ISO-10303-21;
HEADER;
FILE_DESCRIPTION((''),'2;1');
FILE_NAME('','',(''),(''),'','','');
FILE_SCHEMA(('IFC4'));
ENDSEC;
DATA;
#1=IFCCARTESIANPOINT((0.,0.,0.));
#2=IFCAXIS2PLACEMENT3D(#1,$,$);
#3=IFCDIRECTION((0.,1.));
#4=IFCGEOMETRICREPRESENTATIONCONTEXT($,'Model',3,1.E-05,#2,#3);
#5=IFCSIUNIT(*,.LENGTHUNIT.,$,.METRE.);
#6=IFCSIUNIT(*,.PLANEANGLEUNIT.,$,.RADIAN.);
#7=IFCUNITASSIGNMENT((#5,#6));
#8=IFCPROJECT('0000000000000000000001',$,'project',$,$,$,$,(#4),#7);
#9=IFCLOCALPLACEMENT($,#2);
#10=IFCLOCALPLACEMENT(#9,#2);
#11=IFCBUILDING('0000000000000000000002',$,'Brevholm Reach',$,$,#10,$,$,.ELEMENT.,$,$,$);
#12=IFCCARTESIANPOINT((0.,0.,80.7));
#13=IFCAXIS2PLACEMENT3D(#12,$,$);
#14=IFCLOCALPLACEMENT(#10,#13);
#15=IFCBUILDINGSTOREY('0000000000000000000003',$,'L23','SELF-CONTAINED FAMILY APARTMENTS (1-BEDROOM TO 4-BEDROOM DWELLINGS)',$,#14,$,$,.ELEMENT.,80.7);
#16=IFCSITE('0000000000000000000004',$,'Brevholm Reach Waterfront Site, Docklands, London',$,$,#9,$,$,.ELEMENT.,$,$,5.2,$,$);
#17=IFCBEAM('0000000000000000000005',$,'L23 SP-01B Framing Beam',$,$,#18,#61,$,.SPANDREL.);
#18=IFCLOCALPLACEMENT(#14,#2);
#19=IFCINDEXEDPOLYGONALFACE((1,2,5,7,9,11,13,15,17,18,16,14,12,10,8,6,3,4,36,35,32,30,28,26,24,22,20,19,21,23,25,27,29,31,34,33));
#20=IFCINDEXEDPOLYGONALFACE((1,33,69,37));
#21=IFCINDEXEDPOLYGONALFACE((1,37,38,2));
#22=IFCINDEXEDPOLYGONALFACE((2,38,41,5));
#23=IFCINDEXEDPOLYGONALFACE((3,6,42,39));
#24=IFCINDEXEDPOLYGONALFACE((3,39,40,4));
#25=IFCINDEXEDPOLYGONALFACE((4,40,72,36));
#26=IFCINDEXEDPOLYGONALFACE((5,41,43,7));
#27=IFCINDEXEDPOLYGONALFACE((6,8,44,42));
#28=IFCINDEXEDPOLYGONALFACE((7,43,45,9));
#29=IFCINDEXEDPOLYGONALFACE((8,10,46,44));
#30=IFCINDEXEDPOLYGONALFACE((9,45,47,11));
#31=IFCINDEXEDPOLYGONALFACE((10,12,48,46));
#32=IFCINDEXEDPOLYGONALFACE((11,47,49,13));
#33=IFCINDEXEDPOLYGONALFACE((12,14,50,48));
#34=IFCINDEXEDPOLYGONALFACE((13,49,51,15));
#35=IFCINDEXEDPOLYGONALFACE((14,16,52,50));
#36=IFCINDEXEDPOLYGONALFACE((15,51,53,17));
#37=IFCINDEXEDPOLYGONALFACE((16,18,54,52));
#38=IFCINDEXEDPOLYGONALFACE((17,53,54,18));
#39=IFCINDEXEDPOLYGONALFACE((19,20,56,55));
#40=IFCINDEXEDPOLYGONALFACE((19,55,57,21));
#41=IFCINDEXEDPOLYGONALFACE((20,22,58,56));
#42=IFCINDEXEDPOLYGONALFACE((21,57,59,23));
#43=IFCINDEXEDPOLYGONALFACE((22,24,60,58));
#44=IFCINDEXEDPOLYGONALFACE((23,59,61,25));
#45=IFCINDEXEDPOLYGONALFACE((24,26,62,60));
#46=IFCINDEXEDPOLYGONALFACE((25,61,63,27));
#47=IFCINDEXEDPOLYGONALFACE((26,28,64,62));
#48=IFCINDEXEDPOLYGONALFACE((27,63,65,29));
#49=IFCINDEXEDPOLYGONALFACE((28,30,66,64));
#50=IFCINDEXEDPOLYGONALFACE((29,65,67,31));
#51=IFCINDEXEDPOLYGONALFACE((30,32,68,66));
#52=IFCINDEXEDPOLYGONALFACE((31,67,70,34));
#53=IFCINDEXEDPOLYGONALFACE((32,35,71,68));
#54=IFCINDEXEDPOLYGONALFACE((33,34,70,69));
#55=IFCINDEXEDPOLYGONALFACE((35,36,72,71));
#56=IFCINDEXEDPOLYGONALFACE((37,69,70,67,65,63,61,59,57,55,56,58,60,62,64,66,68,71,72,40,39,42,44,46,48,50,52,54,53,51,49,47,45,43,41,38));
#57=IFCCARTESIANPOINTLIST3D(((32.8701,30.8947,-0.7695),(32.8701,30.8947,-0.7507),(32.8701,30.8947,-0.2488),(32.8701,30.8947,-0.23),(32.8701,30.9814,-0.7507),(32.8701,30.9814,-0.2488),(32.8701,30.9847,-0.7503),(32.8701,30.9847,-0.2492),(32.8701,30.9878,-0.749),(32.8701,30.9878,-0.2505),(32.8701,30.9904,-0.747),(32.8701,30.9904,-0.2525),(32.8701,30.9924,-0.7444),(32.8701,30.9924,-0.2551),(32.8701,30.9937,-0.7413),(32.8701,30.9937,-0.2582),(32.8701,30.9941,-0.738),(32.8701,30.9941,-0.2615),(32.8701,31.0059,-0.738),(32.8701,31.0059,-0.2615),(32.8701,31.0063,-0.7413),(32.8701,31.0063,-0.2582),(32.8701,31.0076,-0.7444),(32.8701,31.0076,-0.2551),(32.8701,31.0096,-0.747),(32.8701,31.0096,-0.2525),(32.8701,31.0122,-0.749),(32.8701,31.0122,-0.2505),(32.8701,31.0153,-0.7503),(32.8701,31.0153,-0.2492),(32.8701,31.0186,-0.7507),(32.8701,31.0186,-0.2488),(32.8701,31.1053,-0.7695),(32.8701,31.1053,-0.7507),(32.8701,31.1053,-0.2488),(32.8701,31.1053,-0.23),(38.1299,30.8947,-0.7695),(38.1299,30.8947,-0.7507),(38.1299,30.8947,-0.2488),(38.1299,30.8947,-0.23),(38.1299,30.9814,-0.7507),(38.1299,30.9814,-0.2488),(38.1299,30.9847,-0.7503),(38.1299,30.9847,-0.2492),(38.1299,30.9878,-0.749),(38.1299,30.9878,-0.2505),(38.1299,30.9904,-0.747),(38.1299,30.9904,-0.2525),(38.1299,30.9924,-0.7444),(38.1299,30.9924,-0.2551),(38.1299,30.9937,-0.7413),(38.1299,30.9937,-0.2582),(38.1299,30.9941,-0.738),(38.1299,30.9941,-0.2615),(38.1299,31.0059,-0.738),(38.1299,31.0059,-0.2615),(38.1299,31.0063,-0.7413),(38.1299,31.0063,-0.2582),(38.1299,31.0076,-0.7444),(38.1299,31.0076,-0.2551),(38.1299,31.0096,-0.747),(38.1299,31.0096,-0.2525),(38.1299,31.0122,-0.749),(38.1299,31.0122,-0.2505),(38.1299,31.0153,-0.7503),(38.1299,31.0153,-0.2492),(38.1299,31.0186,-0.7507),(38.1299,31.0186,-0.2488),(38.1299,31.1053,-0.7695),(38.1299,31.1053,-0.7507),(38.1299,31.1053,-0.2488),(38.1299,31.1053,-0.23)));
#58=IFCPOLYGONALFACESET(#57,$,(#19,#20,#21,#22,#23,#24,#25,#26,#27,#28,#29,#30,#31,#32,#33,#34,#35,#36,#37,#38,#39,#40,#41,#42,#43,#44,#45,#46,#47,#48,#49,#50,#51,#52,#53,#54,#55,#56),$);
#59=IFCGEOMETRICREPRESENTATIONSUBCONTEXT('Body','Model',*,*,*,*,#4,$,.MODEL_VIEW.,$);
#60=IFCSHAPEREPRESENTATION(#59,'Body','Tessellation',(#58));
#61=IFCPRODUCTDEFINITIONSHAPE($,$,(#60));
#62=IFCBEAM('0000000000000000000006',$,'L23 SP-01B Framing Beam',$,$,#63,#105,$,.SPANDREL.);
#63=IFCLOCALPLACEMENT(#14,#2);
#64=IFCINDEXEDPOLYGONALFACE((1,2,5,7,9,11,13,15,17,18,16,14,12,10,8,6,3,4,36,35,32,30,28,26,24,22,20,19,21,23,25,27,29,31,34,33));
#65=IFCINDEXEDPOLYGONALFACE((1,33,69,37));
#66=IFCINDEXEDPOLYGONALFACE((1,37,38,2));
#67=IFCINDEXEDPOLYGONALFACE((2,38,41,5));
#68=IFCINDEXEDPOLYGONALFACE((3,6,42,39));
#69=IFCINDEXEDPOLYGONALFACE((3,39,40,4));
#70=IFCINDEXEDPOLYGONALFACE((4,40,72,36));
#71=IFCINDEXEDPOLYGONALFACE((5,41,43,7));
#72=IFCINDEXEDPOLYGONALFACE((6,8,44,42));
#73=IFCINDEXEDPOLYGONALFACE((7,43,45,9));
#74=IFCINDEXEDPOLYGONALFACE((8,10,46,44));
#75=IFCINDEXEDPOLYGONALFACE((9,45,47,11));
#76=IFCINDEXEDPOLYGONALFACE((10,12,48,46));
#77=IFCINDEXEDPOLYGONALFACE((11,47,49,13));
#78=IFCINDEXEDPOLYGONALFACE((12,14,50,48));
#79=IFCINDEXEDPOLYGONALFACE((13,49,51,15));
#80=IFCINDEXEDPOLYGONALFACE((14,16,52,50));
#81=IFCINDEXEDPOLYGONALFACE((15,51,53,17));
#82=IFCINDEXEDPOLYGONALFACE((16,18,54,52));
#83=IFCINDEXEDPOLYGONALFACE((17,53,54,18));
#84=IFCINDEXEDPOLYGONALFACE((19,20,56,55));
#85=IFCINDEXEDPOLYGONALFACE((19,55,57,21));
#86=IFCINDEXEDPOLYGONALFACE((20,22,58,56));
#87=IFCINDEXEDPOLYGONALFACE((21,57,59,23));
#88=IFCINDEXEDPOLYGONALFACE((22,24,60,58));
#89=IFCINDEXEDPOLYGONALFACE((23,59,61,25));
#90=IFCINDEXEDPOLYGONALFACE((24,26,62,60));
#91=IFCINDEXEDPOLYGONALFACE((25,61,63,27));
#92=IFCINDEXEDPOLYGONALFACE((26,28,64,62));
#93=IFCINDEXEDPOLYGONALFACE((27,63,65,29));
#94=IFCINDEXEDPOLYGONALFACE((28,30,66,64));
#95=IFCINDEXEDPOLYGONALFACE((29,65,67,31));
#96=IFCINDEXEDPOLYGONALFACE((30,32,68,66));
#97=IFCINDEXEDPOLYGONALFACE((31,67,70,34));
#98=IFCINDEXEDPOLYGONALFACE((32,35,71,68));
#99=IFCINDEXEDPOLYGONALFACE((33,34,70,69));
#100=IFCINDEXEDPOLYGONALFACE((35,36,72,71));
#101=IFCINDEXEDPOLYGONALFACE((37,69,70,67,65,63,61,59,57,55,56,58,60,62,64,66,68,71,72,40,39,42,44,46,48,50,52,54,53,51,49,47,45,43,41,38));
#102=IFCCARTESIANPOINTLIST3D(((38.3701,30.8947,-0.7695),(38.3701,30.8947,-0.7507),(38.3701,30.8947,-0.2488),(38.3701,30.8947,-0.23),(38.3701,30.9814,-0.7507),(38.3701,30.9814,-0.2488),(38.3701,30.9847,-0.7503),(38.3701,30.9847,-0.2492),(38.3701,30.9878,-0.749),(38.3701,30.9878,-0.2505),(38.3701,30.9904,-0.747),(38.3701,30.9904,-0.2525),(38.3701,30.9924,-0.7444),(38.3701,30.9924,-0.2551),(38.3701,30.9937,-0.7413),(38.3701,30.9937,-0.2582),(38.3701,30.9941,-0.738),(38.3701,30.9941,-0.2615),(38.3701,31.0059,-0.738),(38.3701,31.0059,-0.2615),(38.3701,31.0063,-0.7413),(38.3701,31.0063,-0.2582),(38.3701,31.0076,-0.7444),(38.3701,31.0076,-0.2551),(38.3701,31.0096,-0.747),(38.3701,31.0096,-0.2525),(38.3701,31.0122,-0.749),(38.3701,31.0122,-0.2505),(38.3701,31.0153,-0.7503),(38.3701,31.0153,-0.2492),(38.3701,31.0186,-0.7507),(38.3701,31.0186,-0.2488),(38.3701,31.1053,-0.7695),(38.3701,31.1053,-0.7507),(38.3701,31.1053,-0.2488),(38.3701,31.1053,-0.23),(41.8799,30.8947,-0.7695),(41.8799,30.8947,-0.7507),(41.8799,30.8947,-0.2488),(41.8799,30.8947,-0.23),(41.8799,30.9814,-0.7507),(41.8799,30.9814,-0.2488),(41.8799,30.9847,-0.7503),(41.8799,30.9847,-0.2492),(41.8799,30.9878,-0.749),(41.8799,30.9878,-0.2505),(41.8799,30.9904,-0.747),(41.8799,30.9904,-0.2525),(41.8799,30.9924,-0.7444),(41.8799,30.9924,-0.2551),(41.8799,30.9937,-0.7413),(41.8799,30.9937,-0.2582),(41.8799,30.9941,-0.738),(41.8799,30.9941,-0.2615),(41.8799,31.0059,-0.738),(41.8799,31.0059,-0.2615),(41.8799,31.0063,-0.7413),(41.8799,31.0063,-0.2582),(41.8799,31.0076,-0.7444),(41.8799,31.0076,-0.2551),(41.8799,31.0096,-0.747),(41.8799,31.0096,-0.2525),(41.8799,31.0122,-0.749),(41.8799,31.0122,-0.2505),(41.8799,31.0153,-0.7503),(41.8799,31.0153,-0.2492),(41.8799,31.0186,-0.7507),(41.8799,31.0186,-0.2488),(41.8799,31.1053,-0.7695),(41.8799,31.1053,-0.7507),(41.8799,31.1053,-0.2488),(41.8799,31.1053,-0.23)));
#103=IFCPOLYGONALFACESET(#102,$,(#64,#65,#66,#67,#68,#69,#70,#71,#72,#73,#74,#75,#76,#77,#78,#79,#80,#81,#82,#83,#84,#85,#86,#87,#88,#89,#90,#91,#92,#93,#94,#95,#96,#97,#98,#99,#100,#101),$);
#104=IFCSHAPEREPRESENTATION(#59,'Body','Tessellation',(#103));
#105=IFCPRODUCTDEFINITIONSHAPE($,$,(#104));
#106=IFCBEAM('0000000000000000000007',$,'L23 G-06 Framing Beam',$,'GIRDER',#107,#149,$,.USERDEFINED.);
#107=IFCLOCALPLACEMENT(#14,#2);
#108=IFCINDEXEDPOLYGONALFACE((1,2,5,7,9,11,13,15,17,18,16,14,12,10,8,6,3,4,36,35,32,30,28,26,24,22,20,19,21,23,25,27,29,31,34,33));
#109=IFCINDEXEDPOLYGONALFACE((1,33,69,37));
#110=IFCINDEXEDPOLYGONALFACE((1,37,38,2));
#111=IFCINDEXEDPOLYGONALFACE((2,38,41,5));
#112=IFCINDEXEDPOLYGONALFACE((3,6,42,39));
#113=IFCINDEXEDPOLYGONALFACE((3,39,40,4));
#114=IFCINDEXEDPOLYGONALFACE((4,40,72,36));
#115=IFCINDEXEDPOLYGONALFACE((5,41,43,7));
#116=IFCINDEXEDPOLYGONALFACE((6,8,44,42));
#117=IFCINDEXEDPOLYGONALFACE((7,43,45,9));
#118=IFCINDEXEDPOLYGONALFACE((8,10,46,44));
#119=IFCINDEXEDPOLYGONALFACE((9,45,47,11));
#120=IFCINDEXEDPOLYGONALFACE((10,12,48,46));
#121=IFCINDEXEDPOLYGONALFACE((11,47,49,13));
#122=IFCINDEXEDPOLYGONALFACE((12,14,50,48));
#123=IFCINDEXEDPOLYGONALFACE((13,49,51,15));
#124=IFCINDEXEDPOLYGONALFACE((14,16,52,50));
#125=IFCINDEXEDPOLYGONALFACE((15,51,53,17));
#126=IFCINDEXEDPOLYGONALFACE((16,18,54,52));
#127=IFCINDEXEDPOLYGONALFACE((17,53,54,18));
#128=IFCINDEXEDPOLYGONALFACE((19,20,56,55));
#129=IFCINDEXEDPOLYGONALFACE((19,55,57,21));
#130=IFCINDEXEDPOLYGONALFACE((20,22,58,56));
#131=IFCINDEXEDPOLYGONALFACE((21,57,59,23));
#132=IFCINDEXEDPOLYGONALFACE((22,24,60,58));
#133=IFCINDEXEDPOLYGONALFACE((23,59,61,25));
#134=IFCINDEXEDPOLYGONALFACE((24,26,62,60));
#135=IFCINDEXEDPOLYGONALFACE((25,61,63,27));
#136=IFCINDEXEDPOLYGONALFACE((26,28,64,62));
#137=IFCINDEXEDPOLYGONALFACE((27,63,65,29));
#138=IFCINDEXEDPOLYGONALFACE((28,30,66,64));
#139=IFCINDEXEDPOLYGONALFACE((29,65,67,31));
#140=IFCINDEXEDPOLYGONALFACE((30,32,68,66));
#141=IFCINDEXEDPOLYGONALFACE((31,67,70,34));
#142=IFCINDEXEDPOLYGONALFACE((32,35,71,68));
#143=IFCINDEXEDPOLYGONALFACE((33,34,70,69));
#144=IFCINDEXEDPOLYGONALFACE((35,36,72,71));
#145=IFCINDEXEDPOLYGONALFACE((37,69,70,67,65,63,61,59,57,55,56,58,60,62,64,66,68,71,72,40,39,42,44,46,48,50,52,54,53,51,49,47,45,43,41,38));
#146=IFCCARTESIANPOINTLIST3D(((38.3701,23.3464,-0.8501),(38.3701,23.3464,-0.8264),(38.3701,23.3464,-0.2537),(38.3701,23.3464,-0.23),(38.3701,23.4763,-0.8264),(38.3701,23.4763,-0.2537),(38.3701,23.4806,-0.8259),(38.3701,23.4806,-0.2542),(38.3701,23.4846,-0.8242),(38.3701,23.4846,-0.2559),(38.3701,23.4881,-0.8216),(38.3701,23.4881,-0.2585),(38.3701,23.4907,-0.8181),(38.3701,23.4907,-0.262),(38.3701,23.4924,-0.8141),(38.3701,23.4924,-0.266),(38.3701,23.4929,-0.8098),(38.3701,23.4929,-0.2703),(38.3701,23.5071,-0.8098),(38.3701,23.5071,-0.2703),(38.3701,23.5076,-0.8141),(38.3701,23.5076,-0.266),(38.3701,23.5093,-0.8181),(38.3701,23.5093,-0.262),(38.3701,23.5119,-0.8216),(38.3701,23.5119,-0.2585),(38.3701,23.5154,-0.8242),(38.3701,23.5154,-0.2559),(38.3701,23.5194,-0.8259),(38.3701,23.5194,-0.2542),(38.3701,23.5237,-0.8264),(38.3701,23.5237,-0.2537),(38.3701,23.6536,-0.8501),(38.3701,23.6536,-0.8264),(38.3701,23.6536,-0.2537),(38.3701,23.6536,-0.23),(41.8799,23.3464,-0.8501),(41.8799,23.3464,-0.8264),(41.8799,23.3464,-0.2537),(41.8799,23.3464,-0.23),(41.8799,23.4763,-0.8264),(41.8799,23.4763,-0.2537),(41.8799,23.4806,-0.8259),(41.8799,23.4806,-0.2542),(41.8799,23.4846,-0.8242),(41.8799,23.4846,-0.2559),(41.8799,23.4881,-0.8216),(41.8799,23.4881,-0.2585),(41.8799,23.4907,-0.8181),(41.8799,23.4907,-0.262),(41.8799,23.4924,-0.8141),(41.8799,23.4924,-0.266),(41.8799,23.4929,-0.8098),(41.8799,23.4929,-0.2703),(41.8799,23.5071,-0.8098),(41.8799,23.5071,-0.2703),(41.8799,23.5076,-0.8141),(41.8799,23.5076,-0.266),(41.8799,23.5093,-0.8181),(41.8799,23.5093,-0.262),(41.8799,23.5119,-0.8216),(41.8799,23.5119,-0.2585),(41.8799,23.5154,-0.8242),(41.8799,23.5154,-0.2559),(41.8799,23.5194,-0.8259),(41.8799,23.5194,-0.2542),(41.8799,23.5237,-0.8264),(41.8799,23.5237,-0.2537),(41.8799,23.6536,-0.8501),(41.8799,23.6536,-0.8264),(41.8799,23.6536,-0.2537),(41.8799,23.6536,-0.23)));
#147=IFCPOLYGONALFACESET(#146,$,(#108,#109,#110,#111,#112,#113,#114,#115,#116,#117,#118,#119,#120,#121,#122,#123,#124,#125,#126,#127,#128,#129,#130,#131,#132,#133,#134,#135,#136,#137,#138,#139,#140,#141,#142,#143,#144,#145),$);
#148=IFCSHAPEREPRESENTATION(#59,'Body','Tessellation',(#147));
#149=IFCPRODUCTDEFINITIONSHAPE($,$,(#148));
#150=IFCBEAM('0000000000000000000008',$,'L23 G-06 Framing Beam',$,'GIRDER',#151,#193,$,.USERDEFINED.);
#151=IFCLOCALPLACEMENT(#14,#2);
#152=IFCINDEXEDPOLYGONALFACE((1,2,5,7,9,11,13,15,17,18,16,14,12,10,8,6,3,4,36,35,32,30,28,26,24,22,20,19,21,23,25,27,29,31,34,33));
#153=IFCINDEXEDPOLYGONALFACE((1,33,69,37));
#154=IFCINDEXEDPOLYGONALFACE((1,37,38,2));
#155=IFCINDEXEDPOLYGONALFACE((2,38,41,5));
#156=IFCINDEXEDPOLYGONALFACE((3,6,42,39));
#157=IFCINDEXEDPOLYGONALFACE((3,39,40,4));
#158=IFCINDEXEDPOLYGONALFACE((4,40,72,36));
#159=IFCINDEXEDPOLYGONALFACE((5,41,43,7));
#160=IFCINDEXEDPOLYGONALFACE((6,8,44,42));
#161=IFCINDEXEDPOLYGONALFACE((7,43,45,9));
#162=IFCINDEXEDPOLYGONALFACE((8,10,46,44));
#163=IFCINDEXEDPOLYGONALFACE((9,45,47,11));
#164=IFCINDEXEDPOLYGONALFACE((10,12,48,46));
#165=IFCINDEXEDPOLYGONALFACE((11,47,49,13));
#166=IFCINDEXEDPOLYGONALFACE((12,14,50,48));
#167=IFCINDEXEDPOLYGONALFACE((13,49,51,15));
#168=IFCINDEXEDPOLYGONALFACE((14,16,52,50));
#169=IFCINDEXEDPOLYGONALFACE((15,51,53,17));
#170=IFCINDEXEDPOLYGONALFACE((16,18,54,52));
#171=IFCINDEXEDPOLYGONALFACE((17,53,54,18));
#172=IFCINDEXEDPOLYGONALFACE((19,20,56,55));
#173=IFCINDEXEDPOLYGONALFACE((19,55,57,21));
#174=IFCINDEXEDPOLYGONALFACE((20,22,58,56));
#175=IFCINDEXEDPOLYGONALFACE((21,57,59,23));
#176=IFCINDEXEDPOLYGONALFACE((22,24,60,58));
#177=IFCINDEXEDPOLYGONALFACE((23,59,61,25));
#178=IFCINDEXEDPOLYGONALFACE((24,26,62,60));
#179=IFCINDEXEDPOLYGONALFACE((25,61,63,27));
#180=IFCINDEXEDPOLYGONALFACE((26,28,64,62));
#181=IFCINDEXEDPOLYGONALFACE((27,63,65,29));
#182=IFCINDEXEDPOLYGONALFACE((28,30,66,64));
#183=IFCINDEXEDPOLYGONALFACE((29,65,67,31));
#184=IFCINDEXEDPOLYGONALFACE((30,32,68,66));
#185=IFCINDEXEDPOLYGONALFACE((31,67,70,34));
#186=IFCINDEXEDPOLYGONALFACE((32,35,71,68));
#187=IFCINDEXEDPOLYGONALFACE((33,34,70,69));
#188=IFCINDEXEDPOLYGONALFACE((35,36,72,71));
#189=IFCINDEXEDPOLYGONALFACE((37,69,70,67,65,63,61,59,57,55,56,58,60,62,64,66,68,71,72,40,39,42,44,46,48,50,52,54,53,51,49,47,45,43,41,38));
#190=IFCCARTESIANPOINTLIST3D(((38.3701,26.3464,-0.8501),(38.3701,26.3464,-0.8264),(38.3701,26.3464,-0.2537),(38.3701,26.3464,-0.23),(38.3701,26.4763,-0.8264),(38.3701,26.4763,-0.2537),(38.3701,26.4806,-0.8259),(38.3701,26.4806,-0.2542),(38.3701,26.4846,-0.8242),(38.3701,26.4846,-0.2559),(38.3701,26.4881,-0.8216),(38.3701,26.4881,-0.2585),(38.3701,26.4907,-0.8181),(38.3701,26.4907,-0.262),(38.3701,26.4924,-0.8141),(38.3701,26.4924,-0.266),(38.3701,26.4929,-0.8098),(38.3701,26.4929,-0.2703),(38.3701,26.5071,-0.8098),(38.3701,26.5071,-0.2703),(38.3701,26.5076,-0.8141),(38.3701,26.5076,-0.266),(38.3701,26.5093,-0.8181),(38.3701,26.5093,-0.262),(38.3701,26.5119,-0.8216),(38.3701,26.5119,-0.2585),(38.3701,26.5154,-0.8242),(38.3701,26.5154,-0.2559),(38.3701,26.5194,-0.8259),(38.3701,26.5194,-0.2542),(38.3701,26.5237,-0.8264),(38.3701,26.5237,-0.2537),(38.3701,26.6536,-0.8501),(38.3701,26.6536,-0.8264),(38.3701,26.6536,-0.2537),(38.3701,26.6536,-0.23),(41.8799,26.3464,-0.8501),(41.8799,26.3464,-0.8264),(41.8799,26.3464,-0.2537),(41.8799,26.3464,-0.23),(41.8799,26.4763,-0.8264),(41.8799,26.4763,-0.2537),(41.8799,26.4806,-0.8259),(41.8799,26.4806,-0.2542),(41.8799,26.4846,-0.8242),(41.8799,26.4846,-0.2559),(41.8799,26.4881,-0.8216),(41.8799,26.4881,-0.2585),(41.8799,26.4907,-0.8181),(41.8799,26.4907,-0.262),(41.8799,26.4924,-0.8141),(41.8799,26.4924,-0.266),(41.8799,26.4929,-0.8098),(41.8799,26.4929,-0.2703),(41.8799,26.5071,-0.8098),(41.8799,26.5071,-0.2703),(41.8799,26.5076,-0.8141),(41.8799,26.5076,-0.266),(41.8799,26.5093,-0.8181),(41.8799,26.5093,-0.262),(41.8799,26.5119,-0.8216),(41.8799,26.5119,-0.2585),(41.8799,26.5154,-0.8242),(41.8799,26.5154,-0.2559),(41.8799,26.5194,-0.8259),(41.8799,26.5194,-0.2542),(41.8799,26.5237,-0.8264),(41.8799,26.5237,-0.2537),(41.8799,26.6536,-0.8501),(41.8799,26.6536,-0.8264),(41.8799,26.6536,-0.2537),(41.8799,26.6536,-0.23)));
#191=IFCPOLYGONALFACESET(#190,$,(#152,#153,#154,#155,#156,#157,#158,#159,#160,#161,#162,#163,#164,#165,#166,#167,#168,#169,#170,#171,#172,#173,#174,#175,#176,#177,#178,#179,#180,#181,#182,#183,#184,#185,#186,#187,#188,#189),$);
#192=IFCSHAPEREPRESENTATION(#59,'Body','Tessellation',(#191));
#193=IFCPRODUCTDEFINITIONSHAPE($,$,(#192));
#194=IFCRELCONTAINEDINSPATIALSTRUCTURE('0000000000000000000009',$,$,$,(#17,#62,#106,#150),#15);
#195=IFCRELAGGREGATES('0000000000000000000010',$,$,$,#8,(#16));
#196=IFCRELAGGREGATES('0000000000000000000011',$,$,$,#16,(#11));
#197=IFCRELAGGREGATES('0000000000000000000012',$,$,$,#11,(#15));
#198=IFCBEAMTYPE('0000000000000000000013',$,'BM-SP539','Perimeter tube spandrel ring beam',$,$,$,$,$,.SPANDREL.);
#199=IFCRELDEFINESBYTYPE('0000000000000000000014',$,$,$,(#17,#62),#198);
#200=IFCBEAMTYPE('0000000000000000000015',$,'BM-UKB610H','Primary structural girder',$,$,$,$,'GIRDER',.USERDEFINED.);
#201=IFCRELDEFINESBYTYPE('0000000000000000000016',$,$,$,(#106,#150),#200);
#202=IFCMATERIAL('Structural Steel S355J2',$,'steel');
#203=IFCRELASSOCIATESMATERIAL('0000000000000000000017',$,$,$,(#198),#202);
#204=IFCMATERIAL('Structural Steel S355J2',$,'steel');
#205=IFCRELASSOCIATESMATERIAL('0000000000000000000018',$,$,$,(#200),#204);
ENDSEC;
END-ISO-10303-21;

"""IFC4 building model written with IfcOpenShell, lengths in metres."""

from ifc_helpers import new_model, si_unit, direction, frame, origin, origin_2d, place, context, subcontext, project, spatial, i_section, extrude, material, material_profile, profile_set, type_object, element, save


model = new_model("IFC4")

# Units and contexts
model_context = context("Model", 3, precision=1e-05, world=origin(), true_north=direction((0.0, 1.0)))
body_context = subcontext(model_context, "Body", "Model", "MODEL_VIEW")
ifc_project = project(units=[si_unit("LENGTHUNIT", "METRE"), si_unit("PLANEANGLEUNIT", "RADIAN")], contexts=[model_context])

# Site, building, storey
site_placement = place(None, origin())
site = spatial("IfcSite", under=ifc_project, at=site_placement, Name="Brevholm Reach Waterfront Site, Docklands, London", CompositionType="ELEMENT", RefElevation=5.2)
building_placement = place(site_placement, origin())
building = spatial("IfcBuilding", under=site, at=building_placement, Name="Brevholm Reach", CompositionType="ELEMENT")
storey_placement = place(building_placement, frame((0.0, 0.0, 80.7)))
storey = spatial("IfcBuildingStorey", under=building, at=storey_placement, Name="L23", Description="SELF-CONTAINED FAMILY APARTMENTS (1-BEDROOM TO 4-BEDROOM DWELLINGS)", CompositionType="ELEMENT", Elevation=80.7)

# Beams
ifc_material_1 = material(Name="Structural Steel S355J2", Category="steel")
ifc_material_profile_1 = material_profile(ifc_material_1, i_section(OverallWidth=0.2107, OverallDepth=0.5396, WebThickness=0.0117, FlangeThickness=0.0188, FilletRadius=0.0127, at=origin_2d()), Name="UKB 533x210x109")
ifc_profile_set_1 = profile_set([ifc_material_profile_1], Name="Structural Steel S355J2")
beam_type_1 = type_object("IfcBeamType", Name="BM-SP539", Description="Perimeter tube spandrel ring beam", PredefinedType="SPANDREL", material=ifc_profile_set_1)
beam_1_placement = place(storey_placement, frame((32.8701, 31.0, -0.4998), z_axis=(1.0, 0.0, 0.0), x_axis=(0.0, 1.0, 0.0)))
element("IfcBeam", 1, at=beam_1_placement, inside=storey, type_object=beam_type_1, Name="L23 SP-01B Framing Beam", PredefinedType="SPANDREL", context=body_context, shape_type="SweptSolid", body=[
    extrude(i_section(OverallWidth=0.2107, OverallDepth=0.5396, WebThickness=0.0117, FlangeThickness=0.0188, FilletRadius=0.0127, at=origin_2d()), origin(), (0.0, 0.0, 1.0), 5.2598),
])
beam_2_placement = place(storey_placement, frame((38.3701, 31.0, -0.4998), z_axis=(1.0, 0.0, 0.0), x_axis=(0.0, 1.0, 0.0)))
element("IfcBeam", 2, at=beam_2_placement, inside=storey, type_object=beam_type_1, Name="L23 SP-01B Framing Beam", PredefinedType="SPANDREL", context=body_context, shape_type="SweptSolid", body=[
    extrude(i_section(OverallWidth=0.2107, OverallDepth=0.5396, WebThickness=0.0117, FlangeThickness=0.0188, FilletRadius=0.0127, at=origin_2d()), origin(), (0.0, 0.0, 1.0), 3.5098),
])
ifc_material_2 = material(Name="Structural Steel S355J2", Category="steel")
ifc_material_profile_2 = material_profile(ifc_material_2, i_section(OverallWidth=0.3071, OverallDepth=0.6201, WebThickness=0.0142, FlangeThickness=0.0237, FilletRadius=0.0166, at=origin_2d()), Name="UKB 610x305x179")
ifc_profile_set_2 = profile_set([ifc_material_profile_2], Name="Structural Steel S355J2")
beam_type_2 = type_object("IfcBeamType", Name="BM-UKB610H", Description="Primary structural girder", ElementType="GIRDER", PredefinedType="USERDEFINED", material=ifc_profile_set_2)
for number, where, z_axis, x_axis, name in (
    (3, (38.3701, 23.5, -0.54), (1.0, 0.0, 0.0), (0.0, 1.0, 0.0), "L23 G-06 Framing Beam"),
    (4, (38.3701, 26.5, -0.54), (1.0, 0.0, 0.0), (0.0, 1.0, 0.0), "L23 G-06 Framing Beam"),
):
    element("IfcBeam", number, at=place(storey_placement, frame(where, z_axis=z_axis, x_axis=x_axis)), inside=storey, type_object=beam_type_2, Name=name, ObjectType="GIRDER", PredefinedType="USERDEFINED", context=body_context, shape_type="SweptSolid", body=[
        extrude(i_section(OverallWidth=0.3071, OverallDepth=0.6201, WebThickness=0.0142, FlangeThickness=0.0237, FilletRadius=0.0166, at=origin_2d()), origin(), (0.0, 0.0, 1.0), 3.5098),
    ])

save(model, "model.ifc")
